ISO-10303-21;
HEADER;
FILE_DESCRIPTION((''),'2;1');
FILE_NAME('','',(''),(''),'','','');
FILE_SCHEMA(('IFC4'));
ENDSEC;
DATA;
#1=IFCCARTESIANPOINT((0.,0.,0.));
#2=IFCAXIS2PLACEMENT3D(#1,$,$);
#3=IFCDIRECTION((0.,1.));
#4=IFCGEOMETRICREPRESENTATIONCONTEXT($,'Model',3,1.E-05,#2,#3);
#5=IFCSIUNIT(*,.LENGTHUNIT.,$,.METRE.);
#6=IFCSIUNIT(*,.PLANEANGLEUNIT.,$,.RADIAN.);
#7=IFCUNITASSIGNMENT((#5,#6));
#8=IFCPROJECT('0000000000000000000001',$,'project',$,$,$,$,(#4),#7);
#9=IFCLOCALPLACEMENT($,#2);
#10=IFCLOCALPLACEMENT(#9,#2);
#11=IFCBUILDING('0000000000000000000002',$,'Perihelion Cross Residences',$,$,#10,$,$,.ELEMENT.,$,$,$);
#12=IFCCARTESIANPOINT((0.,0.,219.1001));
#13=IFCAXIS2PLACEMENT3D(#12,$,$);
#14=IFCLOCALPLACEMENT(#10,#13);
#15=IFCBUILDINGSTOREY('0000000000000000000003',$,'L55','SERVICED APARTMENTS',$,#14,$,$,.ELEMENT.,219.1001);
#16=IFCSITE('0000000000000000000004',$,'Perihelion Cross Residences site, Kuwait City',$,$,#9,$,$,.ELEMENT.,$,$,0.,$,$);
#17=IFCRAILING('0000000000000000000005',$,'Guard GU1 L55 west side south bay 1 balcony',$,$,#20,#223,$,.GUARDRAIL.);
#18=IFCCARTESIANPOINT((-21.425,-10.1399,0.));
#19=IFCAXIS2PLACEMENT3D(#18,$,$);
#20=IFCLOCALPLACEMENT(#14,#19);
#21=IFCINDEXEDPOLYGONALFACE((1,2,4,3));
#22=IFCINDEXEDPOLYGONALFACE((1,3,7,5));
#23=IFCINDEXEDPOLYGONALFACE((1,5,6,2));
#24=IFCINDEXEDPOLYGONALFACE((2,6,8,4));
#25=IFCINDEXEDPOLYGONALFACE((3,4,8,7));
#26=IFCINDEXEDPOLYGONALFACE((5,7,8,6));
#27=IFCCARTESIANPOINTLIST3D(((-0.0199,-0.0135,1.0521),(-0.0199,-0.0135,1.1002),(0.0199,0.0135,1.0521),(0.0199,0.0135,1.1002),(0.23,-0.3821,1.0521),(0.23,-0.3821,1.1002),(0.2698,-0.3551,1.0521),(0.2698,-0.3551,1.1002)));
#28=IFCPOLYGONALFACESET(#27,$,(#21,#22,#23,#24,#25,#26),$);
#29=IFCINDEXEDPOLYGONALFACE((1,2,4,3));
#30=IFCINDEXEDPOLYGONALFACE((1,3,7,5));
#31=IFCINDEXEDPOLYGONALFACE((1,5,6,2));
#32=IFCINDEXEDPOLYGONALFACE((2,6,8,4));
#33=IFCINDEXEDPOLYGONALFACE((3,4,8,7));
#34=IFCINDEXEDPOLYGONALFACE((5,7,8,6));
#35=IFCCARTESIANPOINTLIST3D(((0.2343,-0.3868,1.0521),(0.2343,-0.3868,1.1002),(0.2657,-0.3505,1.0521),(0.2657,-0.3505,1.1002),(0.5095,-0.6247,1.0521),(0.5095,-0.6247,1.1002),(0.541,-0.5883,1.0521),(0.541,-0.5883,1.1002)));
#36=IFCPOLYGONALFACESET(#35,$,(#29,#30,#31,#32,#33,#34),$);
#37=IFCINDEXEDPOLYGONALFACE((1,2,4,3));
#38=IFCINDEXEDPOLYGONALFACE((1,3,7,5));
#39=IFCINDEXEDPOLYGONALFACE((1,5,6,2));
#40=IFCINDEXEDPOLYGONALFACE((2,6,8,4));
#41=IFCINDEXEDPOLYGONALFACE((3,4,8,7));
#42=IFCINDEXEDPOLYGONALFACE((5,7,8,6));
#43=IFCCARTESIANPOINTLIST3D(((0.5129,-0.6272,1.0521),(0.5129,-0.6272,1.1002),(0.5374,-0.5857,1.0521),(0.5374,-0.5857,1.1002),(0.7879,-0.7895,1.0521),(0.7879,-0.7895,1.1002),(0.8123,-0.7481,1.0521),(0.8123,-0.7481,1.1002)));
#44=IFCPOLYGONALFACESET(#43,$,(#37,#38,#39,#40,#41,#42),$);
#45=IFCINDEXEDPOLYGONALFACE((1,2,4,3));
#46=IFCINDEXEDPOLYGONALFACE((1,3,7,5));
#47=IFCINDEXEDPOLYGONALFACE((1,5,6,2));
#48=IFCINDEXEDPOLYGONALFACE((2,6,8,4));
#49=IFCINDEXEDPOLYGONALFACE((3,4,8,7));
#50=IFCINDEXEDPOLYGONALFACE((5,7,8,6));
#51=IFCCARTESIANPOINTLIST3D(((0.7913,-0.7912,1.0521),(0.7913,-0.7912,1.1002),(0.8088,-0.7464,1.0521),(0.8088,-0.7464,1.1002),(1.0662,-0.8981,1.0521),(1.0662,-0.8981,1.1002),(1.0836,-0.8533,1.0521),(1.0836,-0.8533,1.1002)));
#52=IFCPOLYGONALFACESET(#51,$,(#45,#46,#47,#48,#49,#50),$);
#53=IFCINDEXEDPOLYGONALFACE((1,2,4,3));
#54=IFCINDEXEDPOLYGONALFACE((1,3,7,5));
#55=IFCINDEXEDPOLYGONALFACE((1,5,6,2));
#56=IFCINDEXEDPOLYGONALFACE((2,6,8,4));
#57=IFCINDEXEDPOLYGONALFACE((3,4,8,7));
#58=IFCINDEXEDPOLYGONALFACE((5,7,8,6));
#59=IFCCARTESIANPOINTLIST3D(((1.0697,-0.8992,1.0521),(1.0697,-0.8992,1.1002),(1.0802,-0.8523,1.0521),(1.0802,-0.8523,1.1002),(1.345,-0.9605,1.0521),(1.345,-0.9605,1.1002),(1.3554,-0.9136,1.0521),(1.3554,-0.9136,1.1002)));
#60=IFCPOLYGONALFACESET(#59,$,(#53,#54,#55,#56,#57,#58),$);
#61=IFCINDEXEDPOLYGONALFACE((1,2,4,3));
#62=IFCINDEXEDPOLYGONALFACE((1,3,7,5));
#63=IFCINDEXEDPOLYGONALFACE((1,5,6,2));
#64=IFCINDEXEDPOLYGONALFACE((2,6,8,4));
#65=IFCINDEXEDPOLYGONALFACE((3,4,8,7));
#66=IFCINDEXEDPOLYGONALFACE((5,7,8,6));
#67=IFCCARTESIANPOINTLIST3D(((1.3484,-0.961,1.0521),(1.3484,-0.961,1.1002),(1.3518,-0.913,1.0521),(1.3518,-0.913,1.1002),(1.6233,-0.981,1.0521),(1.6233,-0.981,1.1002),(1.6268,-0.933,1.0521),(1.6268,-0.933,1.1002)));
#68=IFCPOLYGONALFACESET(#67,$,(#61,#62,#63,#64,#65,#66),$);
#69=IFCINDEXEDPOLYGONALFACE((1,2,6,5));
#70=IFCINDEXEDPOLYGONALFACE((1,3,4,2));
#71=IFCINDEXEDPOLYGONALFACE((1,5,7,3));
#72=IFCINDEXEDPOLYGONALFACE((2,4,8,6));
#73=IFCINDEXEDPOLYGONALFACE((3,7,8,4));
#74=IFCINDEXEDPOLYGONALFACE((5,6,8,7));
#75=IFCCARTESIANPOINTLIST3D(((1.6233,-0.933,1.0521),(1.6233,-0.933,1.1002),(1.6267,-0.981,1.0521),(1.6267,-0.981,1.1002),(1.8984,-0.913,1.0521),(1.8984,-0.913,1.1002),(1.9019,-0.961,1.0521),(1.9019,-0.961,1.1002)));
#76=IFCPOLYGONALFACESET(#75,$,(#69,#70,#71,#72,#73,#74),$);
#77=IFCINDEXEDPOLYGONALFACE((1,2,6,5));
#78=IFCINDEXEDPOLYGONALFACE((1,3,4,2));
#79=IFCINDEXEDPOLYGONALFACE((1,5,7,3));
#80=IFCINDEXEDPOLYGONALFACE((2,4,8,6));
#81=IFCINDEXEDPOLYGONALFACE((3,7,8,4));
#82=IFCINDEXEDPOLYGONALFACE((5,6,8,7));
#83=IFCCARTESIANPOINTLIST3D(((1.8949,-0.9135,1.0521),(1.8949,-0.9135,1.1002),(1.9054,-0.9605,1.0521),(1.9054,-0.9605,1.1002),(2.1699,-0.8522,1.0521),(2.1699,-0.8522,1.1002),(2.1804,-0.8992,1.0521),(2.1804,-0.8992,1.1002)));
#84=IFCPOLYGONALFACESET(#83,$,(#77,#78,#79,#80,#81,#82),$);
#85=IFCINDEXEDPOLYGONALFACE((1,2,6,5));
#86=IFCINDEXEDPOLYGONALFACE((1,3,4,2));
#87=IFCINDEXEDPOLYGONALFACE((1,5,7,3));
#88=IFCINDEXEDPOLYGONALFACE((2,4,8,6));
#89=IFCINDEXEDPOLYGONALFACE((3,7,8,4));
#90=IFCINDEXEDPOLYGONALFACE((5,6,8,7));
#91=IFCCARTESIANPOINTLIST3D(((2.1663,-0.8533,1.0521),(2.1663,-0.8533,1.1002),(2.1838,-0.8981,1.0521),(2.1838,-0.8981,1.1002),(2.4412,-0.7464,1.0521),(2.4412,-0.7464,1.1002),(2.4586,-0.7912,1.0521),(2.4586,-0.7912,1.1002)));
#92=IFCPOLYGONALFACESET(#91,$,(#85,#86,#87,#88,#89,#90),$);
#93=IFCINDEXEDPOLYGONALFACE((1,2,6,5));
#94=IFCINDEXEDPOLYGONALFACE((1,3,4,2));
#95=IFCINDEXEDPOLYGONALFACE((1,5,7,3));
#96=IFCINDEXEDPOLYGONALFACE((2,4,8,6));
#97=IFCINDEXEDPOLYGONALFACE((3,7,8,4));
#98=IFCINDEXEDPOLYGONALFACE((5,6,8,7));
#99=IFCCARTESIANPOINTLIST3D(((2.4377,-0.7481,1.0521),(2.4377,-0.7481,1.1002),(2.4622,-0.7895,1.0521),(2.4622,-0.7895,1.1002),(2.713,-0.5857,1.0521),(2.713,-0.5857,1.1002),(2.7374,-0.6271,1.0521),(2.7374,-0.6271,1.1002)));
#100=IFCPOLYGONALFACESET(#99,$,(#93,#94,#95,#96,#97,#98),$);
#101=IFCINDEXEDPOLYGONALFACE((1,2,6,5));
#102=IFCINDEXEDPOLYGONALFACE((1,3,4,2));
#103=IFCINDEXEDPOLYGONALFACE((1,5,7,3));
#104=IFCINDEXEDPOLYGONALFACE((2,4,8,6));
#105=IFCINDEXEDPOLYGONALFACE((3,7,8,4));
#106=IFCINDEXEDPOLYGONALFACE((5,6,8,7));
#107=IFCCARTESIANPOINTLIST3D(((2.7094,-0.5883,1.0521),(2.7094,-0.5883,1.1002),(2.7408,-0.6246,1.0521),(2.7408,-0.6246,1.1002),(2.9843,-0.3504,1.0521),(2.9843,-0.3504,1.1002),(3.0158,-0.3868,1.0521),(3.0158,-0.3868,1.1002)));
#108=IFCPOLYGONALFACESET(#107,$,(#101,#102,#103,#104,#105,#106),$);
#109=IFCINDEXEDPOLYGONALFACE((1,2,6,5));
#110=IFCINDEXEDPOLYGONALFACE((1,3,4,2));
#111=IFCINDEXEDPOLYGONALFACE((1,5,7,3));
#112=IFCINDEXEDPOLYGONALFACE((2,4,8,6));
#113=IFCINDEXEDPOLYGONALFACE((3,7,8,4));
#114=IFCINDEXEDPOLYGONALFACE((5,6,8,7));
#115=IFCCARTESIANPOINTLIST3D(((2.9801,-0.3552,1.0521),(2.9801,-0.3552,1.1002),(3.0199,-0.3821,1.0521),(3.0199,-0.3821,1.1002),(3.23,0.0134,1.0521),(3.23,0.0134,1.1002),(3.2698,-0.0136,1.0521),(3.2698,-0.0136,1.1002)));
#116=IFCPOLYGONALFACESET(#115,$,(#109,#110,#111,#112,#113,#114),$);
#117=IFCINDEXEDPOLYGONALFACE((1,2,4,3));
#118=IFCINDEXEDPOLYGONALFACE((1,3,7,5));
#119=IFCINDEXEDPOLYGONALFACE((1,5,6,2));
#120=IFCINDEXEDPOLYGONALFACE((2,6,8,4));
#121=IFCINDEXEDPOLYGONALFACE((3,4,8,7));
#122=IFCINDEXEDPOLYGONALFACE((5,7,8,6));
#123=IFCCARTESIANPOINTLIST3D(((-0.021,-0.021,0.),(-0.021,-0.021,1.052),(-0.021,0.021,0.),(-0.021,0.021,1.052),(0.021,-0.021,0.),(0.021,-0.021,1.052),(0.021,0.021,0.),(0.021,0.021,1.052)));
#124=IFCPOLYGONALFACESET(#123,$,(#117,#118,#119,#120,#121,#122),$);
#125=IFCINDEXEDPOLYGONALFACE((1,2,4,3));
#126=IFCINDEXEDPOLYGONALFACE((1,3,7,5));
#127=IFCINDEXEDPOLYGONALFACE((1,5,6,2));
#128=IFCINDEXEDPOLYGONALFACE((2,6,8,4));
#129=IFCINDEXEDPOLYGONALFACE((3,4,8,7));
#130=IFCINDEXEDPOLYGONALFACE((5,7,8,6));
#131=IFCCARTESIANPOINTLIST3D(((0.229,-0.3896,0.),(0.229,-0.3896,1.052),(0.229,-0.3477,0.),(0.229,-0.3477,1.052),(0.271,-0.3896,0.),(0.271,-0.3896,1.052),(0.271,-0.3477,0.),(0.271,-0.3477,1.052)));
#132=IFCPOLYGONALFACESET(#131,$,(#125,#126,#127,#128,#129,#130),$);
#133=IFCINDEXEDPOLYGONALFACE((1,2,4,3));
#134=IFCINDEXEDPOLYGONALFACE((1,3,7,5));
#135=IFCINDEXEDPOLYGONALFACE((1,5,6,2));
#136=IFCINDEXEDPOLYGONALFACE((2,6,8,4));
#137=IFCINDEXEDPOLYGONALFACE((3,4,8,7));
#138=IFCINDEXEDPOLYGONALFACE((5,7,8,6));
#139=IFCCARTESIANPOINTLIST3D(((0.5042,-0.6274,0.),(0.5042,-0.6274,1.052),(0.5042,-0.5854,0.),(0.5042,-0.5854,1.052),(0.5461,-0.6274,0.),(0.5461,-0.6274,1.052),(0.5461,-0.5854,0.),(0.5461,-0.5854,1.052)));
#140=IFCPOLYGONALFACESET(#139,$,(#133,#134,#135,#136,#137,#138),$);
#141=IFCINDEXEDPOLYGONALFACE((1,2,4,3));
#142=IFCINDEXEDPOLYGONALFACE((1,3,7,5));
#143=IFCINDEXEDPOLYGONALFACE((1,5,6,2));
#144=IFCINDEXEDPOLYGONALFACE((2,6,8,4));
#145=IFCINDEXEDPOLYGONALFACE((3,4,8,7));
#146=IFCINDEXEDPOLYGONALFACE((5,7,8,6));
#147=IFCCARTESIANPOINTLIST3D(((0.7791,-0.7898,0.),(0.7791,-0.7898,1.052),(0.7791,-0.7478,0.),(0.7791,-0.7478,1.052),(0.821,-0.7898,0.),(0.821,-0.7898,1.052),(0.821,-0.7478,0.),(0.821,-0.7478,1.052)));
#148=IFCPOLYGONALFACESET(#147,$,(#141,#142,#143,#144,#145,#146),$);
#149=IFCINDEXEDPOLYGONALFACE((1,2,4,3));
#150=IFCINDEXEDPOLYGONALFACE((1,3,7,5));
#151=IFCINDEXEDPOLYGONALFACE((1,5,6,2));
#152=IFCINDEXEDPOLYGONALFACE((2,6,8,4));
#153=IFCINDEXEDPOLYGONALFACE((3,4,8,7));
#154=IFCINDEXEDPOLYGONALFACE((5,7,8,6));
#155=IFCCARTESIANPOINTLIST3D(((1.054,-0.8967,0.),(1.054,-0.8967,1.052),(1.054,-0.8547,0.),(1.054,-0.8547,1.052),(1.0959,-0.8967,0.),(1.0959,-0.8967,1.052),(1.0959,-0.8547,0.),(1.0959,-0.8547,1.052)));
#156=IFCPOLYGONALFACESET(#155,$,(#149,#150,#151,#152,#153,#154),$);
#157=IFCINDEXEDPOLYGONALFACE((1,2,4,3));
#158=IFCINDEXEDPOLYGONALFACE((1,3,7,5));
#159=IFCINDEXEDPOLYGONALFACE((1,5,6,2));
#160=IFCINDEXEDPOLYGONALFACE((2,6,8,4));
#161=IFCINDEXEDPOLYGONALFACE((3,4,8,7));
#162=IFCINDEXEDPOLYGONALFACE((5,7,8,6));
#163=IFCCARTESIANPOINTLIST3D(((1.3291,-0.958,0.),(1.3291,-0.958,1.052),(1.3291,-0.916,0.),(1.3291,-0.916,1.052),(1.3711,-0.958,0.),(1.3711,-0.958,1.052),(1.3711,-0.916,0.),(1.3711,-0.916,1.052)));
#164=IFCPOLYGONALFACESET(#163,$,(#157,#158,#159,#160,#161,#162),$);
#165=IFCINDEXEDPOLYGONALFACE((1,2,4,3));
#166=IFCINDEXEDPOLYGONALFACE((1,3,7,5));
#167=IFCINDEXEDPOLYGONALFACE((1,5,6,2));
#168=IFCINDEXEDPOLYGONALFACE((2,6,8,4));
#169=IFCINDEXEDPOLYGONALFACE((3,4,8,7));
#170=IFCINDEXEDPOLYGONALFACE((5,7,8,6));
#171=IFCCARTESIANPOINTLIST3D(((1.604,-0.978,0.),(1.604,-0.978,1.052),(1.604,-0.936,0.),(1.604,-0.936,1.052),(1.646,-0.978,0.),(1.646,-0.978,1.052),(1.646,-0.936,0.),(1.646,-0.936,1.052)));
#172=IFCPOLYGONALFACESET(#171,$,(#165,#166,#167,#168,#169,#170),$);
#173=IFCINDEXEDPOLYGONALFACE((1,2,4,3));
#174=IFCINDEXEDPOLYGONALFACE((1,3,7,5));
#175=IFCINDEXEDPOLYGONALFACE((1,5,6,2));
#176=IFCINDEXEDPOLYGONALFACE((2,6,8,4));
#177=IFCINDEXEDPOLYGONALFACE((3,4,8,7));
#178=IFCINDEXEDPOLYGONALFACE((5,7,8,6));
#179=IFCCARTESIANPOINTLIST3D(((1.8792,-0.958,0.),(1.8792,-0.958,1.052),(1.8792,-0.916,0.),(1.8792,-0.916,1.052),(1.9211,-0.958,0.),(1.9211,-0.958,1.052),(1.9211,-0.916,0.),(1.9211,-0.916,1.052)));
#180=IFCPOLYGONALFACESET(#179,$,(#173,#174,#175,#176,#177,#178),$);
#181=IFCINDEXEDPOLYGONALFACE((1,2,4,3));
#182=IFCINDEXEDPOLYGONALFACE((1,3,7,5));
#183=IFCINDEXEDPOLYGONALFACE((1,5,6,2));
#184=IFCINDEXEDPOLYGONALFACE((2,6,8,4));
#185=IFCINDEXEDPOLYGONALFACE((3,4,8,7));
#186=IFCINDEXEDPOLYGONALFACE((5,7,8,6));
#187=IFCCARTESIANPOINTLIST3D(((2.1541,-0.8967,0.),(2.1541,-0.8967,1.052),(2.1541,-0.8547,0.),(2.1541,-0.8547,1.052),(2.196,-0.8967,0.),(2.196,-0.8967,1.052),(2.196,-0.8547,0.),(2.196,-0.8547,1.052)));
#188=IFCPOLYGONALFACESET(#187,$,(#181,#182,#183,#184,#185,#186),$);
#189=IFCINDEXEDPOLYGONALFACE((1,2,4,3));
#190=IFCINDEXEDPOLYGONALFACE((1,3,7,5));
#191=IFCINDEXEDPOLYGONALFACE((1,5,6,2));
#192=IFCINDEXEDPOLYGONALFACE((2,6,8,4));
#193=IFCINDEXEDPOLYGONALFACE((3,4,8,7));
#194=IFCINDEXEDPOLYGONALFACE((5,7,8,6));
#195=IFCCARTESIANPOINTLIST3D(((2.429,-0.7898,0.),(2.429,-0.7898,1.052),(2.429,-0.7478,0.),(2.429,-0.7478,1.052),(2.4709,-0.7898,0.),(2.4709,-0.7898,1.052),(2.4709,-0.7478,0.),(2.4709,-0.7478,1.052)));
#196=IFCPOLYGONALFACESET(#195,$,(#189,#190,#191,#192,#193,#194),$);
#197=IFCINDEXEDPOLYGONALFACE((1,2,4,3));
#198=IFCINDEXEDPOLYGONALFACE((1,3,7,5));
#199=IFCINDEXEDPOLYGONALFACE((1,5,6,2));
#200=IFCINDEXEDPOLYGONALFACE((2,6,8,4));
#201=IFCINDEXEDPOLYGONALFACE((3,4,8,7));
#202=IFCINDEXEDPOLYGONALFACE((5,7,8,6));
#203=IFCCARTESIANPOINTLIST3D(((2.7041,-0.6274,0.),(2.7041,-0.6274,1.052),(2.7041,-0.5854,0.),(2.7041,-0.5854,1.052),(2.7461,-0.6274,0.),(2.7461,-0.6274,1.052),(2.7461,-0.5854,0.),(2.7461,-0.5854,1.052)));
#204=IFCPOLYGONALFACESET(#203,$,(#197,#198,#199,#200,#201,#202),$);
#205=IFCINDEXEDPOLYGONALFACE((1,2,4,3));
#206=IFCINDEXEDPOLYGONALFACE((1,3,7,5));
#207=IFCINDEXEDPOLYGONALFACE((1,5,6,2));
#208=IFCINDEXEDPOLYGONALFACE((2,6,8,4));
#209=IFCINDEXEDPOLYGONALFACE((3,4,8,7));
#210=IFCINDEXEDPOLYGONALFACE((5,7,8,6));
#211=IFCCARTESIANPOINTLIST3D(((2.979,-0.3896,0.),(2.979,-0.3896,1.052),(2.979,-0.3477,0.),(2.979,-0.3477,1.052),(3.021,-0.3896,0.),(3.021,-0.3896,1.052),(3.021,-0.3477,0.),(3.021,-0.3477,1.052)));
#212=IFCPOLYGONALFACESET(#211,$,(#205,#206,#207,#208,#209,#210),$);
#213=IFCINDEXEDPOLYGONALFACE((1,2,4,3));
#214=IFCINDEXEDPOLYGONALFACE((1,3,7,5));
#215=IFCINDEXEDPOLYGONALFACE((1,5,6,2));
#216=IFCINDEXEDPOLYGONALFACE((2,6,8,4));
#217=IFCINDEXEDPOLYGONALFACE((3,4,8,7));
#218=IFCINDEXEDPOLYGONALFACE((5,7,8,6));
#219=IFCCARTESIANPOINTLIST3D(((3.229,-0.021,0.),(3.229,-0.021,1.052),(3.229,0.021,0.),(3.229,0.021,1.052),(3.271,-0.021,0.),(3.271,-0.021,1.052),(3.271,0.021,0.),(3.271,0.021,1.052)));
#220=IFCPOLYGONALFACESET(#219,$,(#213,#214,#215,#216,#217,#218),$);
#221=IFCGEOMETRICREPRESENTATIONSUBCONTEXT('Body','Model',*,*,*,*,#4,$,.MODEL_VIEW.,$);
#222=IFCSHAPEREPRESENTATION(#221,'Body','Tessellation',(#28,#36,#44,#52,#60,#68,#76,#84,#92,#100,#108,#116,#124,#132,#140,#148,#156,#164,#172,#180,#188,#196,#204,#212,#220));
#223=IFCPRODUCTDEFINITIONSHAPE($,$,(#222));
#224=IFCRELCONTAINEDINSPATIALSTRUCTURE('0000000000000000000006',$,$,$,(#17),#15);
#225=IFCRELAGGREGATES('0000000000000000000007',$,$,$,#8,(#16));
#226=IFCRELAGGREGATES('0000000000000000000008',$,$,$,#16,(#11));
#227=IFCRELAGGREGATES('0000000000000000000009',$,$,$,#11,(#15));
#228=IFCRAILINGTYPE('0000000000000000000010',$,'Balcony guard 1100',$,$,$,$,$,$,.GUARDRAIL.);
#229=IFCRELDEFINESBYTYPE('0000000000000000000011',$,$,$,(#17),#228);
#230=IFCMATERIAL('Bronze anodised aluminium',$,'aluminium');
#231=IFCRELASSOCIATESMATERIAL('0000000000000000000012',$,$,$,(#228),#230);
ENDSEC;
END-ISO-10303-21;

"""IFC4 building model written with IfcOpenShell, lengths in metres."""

from ifc_helpers import new_model, si_unit, direction, frame, origin, origin_2d, place, context, subcontext, project, spatial, rectangle, extrude, material, type_object, element, save


model = new_model("IFC4")

# Units and contexts
model_context = context("Model", 3, precision=1e-05, world=origin(), true_north=direction((0.0, 1.0)))
body_context = subcontext(model_context, "Body", "Model", "MODEL_VIEW")
ifc_project = project(units=[si_unit("LENGTHUNIT", "METRE"), si_unit("PLANEANGLEUNIT", "RADIAN")], contexts=[model_context])

# Site, building, storey
site_placement = place(None, origin())
site = spatial("IfcSite", under=ifc_project, at=site_placement, Name="Perihelion Cross Residences site, Kuwait City", CompositionType="ELEMENT", RefElevation=0.0)
building_placement = place(site_placement, origin())
building = spatial("IfcBuilding", under=site, at=building_placement, Name="Perihelion Cross Residences", CompositionType="ELEMENT")
storey_placement = place(building_placement, frame((0.0, 0.0, 219.1001)))
storey = spatial("IfcBuildingStorey", under=building, at=storey_placement, Name="L55", Description="SERVICED APARTMENTS", CompositionType="ELEMENT", Elevation=219.1001)

# Railing
ifc_material_1 = material(Name="Bronze anodised aluminium", Category="aluminium")
railing_type_1 = type_object("IfcRailingType", Name="Balcony guard 1100", PredefinedType="GUARDRAIL", material=ifc_material_1)
railing_1_placement = place(storey_placement, frame((-21.425, -10.1399, 0.0)))
element("IfcRailing", 1, at=railing_1_placement, inside=storey, type_object=railing_type_1, Name="Guard GU1 L55 west side south bay 1 balcony", PredefinedType="GUARDRAIL", context=body_context, shape_type="SweptSolid", body=[
    extrude(rectangle(XDim=0.0481, YDim=0.0481, at=origin_2d()), frame((0.0, 0.0, 1.0762), z_axis=(0.56126, -0.827639, 0.0), x_axis=(0.827639, 0.56126, 0.0)), (0.0, 0.0, 1.0), 0.4453),
    extrude(rectangle(XDim=0.0481, YDim=0.0481, at=origin_2d()), frame((0.25, -0.3687, 1.0762), z_axis=(0.756597, -0.653882, 0.0), x_axis=(0.653882, 0.756597, 0.0)), (0.0, 0.0, 1.0), 0.3638),
    extrude(rectangle(XDim=0.0481, YDim=0.0481, at=origin_2d()), frame((0.5251, -0.6064, 1.0762), z_axis=(0.861048, -0.508523, 0.0), x_axis=(0.508523, 0.861048, 0.0)), (0.0, 0.0, 1.0), 0.3193),
    extrude(rectangle(XDim=0.0481, YDim=0.0481, at=origin_2d()), frame((0.8, -0.7688, 1.0762), z_axis=(0.931974, -0.362526, 0.0), x_axis=(0.362526, 0.931974, 0.0)), (0.0, 0.0, 1.0), 0.2949),
    extrude(rectangle(XDim=0.0481, YDim=0.0481, at=origin_2d()), frame((1.075, -0.8757, 1.0762), z_axis=(0.976085, -0.217389, 0.0), x_axis=(0.217389, 0.976085, 0.0)), (0.0, 0.0, 1.0), 0.282),
    extrude(rectangle(XDim=0.0481, YDim=0.0481, at=origin_2d()), frame((1.3501, -0.937, 1.0762), z_axis=(0.997359, -0.072632, 0.0), x_axis=(0.072632, 0.997359, 0.0)), (0.0, 0.0, 1.0), 0.2756),
    extrude(rectangle(XDim=0.0481, YDim=0.0481, at=origin_2d()), frame((1.625, -0.957, 1.0762), z_axis=(0.997363, 0.072568, 0.0), x_axis=(-0.072568, 0.997363, 0.0)), (0.0, 0.0, 1.0), 0.2759),
    extrude(rectangle(XDim=0.0481, YDim=0.0481, at=origin_2d()), frame((1.9001, -0.937, 1.0762), z_axis=(0.976044, 0.217573, 0.0), x_axis=(-0.217573, 0.976044, 0.0)), (0.0, 0.0, 1.0), 0.2817),
    extrude(rectangle(XDim=0.0481, YDim=0.0481, at=origin_2d()), frame((2.175, -0.8757, 1.0762), z_axis=(0.931974, 0.362526, 0.0), x_axis=(-0.362526, 0.931974, 0.0)), (0.0, 0.0, 1.0), 0.2949),
    extrude(rectangle(XDim=0.0481, YDim=0.0481, at=origin_2d()), frame((2.45, -0.7688, 1.0762), z_axis=(0.861246, 0.508189, 0.0), x_axis=(-0.508189, 0.861246, 0.0)), (0.0, 0.0, 1.0), 0.3196),
    extrude(rectangle(XDim=0.0481, YDim=0.0481, at=origin_2d()), frame((2.7251, -0.6064, 1.0762), z_axis=(0.756309, 0.654214, 0.0), x_axis=(-0.654214, 0.756309, 0.0)), (0.0, 0.0, 1.0), 0.3635),
    extrude(rectangle(XDim=0.0481, YDim=0.0481, at=origin_2d()), frame((3.0, -0.3687, 1.0762), z_axis=(0.56126, 0.827639, 0.0), x_axis=(-0.827639, 0.56126, 0.0)), (0.0, 0.0, 1.0), 0.4453),
    extrude(rectangle(XDim=0.042, YDim=0.042, at=origin_2d()), origin(), (0.0, 0.0, 1.0), 1.052),
    extrude(rectangle(XDim=0.042, YDim=0.042, at=origin_2d()), frame((0.25, -0.3687, 0.0)), (0.0, 0.0, 1.0), 1.052),
    extrude(rectangle(XDim=0.042, YDim=0.042, at=origin_2d()), frame((0.5251, -0.6064, 0.0)), (0.0, 0.0, 1.0), 1.052),
    extrude(rectangle(XDim=0.042, YDim=0.042, at=origin_2d()), frame((0.8, -0.7688, 0.0)), (0.0, 0.0, 1.0), 1.052),
    extrude(rectangle(XDim=0.042, YDim=0.042, at=origin_2d()), frame((1.075, -0.8757, 0.0)), (0.0, 0.0, 1.0), 1.052),
    extrude(rectangle(XDim=0.042, YDim=0.042, at=origin_2d()), frame((1.3501, -0.937, 0.0)), (0.0, 0.0, 1.0), 1.052),
    extrude(rectangle(XDim=0.042, YDim=0.042, at=origin_2d()), frame((1.625, -0.957, 0.0)), (0.0, 0.0, 1.0), 1.052),
    extrude(rectangle(XDim=0.042, YDim=0.042, at=origin_2d()), frame((1.9001, -0.937, 0.0)), (0.0, 0.0, 1.0), 1.052),
    extrude(rectangle(XDim=0.042, YDim=0.042, at=origin_2d()), frame((2.175, -0.8757, 0.0)), (0.0, 0.0, 1.0), 1.052),
    extrude(rectangle(XDim=0.042, YDim=0.042, at=origin_2d()), frame((2.45, -0.7688, 0.0)), (0.0, 0.0, 1.0), 1.052),
    extrude(rectangle(XDim=0.042, YDim=0.042, at=origin_2d()), frame((2.7251, -0.6064, 0.0)), (0.0, 0.0, 1.0), 1.052),
    extrude(rectangle(XDim=0.042, YDim=0.042, at=origin_2d()), frame((3.0, -0.3687, 0.0)), (0.0, 0.0, 1.0), 1.052),
    extrude(rectangle(XDim=0.042, YDim=0.042, at=origin_2d()), frame((3.25, 0.0, 0.0)), (0.0, 0.0, 1.0), 1.052),
])

save(model, "model.ifc")
